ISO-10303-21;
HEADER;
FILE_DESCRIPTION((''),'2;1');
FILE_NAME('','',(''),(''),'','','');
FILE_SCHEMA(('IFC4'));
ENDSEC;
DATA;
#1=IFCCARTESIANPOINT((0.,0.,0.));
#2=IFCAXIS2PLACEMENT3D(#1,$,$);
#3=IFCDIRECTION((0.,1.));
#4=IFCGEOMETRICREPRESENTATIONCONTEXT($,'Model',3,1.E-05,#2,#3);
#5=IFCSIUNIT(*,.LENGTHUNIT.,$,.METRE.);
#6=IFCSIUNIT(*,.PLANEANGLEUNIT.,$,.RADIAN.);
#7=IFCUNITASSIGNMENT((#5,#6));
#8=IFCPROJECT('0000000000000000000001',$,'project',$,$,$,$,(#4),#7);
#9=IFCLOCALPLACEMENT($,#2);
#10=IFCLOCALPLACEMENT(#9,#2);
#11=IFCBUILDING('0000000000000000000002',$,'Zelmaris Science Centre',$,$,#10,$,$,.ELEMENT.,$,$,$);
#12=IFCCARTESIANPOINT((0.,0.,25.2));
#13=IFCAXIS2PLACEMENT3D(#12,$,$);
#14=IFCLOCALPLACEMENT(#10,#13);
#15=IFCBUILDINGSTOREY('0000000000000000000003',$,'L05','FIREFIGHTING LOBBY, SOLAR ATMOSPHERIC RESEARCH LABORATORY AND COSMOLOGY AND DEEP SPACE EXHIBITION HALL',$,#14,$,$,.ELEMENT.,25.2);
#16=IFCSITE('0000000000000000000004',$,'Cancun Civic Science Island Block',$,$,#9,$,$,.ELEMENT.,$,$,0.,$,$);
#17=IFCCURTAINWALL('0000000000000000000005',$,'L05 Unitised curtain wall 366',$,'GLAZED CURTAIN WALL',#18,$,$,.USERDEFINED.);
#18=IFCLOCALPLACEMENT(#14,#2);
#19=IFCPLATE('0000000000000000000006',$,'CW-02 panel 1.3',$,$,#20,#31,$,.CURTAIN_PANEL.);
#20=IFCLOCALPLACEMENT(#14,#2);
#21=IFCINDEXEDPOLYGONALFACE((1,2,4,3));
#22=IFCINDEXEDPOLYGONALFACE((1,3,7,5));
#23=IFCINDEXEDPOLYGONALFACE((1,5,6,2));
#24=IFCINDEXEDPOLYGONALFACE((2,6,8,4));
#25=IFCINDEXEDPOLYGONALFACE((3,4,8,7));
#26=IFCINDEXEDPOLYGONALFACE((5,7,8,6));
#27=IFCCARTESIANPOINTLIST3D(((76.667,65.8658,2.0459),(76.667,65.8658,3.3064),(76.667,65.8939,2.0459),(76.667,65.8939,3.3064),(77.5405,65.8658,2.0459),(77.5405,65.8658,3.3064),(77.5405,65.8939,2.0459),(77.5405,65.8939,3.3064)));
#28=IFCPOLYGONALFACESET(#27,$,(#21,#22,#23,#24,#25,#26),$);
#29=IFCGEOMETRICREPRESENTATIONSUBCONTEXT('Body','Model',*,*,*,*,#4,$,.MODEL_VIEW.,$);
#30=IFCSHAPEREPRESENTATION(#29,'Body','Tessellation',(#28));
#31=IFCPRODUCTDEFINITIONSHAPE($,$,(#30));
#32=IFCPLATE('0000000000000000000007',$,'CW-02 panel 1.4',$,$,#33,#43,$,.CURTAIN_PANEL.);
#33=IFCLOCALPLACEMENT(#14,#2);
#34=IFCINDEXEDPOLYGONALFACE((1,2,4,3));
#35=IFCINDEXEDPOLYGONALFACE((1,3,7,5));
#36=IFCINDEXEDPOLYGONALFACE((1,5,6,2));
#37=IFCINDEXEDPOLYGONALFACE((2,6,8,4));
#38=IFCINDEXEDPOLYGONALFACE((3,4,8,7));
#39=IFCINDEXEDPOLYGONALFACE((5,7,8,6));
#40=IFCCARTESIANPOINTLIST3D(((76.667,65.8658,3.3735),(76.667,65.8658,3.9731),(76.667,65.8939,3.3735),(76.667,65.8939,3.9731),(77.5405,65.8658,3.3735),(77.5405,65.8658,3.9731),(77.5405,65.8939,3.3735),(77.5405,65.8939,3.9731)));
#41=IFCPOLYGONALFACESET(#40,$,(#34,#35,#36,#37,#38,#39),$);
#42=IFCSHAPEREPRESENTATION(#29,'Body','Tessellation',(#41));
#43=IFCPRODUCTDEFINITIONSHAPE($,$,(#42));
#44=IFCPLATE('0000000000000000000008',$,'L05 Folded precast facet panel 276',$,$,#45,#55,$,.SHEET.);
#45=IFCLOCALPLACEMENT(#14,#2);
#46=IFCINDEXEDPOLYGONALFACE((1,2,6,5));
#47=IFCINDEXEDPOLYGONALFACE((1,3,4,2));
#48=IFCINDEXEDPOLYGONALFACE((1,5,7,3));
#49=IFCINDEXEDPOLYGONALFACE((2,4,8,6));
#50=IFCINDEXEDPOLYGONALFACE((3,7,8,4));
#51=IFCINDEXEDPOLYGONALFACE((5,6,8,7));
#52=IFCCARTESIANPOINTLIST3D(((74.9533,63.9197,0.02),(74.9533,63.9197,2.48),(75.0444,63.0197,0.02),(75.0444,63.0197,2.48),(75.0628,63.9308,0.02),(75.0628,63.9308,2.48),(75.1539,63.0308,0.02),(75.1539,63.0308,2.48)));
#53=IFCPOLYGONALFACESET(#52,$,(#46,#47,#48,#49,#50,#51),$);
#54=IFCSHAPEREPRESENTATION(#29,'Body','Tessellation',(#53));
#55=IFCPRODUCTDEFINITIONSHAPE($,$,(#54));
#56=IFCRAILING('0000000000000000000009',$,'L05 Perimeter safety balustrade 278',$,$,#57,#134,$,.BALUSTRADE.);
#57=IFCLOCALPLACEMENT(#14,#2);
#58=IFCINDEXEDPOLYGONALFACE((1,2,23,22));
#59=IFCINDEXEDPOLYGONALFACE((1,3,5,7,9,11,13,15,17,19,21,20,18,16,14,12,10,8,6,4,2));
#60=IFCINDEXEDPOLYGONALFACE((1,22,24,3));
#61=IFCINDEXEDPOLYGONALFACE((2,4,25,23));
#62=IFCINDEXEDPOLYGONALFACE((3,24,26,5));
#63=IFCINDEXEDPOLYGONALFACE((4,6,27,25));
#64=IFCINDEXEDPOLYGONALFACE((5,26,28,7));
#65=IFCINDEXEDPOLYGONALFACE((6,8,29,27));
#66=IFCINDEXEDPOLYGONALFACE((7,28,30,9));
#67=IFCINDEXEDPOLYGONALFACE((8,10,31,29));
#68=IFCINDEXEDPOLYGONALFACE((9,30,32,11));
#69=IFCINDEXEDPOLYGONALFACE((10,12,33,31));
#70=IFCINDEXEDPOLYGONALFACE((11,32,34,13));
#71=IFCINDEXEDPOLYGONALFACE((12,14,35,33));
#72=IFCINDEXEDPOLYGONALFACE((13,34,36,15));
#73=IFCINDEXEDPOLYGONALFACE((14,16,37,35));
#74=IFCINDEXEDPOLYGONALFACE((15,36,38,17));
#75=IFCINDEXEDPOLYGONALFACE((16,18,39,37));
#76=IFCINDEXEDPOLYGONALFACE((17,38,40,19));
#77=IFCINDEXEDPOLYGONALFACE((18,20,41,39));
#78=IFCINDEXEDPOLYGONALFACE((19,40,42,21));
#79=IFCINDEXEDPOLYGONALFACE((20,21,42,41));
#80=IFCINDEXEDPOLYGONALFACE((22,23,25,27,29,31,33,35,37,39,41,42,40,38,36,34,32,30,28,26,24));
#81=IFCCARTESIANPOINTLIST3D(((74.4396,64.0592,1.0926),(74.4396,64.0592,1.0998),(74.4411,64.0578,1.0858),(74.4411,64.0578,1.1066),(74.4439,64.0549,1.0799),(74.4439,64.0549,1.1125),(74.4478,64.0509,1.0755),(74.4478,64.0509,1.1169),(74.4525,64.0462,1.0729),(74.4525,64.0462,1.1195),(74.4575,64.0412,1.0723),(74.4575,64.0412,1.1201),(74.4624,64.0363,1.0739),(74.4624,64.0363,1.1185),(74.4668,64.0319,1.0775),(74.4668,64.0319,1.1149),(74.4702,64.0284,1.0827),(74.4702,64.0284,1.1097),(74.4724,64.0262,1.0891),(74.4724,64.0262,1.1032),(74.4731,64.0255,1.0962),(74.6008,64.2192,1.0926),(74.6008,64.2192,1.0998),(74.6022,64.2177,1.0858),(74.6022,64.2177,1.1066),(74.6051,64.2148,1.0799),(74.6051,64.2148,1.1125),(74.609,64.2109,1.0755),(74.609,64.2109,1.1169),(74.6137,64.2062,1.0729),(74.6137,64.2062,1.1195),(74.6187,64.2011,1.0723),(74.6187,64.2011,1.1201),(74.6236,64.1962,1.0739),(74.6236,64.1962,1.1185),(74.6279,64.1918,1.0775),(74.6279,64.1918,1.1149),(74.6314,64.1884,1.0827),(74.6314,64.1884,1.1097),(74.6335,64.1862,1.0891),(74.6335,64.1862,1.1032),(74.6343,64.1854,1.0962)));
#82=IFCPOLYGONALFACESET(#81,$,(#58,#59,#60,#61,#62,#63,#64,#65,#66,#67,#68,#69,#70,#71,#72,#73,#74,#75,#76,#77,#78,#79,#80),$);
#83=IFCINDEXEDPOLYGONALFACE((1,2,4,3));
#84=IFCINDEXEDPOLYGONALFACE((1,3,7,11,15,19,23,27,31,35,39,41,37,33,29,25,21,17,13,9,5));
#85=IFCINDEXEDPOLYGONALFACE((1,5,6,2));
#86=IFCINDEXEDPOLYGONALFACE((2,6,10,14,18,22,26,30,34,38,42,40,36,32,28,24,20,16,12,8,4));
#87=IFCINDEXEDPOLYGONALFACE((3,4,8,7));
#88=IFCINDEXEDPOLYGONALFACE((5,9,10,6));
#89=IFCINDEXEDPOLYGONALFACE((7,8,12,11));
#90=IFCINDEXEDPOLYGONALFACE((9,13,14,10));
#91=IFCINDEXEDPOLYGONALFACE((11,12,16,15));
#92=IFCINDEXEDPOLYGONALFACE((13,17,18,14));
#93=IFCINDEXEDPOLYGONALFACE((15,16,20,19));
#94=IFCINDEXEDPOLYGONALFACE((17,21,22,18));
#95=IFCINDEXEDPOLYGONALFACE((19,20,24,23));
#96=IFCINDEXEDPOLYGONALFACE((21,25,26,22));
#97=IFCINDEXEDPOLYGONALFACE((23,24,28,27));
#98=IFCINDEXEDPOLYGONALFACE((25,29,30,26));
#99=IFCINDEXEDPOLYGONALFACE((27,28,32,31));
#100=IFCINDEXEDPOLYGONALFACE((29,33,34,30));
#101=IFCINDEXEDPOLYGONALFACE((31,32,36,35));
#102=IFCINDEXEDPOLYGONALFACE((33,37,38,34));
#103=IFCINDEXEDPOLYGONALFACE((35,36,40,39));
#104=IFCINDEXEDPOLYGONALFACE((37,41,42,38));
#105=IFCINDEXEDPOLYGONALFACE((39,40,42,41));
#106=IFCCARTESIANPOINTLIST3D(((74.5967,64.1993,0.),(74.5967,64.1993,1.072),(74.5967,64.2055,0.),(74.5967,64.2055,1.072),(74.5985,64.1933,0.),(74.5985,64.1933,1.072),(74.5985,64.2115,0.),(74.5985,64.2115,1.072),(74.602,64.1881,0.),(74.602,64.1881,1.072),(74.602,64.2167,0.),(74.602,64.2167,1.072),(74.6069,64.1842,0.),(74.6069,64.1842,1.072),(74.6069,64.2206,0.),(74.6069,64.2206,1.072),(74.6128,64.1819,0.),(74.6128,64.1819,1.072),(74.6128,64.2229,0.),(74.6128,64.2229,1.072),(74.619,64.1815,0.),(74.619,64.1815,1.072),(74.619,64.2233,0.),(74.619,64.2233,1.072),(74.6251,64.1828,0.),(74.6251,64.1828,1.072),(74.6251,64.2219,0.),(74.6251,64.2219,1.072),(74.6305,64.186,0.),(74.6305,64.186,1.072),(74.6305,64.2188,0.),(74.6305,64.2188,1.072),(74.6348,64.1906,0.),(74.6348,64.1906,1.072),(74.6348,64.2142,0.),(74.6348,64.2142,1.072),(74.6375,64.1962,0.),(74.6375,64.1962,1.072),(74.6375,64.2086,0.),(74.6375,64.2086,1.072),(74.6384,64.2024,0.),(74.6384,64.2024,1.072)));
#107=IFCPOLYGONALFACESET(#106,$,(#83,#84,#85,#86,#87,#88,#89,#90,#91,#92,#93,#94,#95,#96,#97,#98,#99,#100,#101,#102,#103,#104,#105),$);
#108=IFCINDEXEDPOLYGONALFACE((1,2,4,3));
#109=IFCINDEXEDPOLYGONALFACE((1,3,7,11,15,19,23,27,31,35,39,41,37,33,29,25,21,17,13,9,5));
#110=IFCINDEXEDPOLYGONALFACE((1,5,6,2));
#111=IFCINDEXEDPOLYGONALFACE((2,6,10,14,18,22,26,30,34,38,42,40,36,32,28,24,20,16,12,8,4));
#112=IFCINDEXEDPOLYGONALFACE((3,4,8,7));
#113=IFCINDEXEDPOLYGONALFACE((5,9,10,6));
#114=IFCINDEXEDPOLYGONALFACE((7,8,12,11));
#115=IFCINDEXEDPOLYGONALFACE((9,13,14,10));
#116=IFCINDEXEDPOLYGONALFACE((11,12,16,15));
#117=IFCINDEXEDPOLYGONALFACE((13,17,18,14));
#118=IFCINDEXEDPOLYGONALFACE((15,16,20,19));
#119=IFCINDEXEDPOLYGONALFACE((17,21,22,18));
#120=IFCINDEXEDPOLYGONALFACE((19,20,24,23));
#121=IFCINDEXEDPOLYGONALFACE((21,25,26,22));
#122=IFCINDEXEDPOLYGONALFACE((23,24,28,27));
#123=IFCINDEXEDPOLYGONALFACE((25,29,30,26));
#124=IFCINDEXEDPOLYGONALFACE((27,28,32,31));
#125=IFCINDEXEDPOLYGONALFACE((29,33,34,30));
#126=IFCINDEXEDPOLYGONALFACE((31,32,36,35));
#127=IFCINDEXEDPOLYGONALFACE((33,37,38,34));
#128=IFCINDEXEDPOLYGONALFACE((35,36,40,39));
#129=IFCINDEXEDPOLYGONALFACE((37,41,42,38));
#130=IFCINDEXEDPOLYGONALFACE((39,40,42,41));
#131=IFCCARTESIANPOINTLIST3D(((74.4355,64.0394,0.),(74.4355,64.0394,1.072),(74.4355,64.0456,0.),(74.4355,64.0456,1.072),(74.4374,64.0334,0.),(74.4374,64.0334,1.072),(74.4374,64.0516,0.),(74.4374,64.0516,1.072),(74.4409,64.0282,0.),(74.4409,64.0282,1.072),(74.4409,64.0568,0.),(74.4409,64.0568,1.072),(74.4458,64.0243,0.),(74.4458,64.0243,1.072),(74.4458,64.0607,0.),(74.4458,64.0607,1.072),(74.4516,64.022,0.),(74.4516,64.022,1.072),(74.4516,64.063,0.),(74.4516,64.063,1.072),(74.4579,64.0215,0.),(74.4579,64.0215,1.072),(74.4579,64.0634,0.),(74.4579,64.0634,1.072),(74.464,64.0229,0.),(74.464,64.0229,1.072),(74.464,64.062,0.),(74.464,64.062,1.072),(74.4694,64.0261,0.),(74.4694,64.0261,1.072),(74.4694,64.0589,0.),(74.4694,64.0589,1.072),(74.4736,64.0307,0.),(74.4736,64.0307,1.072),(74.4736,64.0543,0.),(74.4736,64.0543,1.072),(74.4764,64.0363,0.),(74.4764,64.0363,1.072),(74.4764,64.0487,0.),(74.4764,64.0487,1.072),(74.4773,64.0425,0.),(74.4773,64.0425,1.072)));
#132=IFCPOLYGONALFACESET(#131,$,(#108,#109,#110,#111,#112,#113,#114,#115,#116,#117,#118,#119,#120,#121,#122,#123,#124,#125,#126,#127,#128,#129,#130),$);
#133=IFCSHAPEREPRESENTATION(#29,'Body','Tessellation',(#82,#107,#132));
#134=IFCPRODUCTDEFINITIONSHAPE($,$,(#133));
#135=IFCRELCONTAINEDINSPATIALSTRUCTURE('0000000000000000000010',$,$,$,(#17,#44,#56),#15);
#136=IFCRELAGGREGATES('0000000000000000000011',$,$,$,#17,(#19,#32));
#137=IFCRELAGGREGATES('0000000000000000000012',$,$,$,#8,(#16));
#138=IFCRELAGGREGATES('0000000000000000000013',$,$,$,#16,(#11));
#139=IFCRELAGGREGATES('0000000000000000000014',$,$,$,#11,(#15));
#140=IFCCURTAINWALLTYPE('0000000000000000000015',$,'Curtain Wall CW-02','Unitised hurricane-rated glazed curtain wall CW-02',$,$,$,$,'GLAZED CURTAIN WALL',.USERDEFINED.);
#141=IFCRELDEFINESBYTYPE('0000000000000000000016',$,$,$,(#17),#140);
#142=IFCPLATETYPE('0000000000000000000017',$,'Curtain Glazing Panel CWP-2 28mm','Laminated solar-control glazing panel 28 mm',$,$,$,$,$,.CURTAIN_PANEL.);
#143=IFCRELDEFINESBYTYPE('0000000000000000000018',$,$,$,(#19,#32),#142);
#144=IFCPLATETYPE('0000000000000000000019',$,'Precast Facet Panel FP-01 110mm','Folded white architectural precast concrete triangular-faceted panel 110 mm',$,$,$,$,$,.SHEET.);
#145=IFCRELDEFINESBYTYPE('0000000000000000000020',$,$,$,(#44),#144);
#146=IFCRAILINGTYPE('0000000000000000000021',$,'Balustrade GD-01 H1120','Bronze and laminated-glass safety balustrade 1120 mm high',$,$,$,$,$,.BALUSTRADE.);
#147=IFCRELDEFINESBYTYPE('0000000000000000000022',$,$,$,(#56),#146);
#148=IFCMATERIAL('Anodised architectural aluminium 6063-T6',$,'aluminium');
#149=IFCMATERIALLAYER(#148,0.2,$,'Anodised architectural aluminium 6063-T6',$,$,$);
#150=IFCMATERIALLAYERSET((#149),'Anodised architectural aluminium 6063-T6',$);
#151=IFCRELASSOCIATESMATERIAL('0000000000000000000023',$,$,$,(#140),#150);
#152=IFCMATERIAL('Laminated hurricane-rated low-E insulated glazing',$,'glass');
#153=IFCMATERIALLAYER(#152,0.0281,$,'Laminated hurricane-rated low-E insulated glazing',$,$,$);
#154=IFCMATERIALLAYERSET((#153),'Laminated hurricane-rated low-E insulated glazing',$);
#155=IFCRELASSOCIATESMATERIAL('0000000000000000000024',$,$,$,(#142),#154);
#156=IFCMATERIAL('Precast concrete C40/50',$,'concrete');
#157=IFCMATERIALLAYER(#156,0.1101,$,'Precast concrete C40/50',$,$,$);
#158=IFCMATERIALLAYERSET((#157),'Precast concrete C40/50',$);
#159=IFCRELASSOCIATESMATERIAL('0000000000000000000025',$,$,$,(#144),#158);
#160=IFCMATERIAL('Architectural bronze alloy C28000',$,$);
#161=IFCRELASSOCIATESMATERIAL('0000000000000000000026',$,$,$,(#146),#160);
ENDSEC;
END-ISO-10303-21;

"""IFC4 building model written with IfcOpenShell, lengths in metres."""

from ifc_helpers import new_model, si_unit, direction, frame, frame_2d, origin, origin_2d, place, context, subcontext, project, spatial, rectangle, circle, extrude, material, layer, layer_set, type_object, element, aggregate, save


model = new_model("IFC4")

# Units and contexts
model_context = context("Model", 3, precision=1e-05, world=origin(), true_north=direction((0.0, 1.0)))
body_context = subcontext(model_context, "Body", "Model", "MODEL_VIEW")
ifc_project = project(units=[si_unit("LENGTHUNIT", "METRE"), si_unit("PLANEANGLEUNIT", "RADIAN")], contexts=[model_context])

# Site, building, storey
site_placement = place(None, origin())
site = spatial("IfcSite", under=ifc_project, at=site_placement, Name="Cancun Civic Science Island Block", CompositionType="ELEMENT", RefElevation=0.0)
building_placement = place(site_placement, origin())
building = spatial("IfcBuilding", under=site, at=building_placement, Name="Zelmaris Science Centre", CompositionType="ELEMENT")
storey_placement = place(building_placement, frame((0.0, 0.0, 25.2)))
storey = spatial("IfcBuildingStorey", under=building, at=storey_placement, Name="L05", Description="FIREFIGHTING LOBBY, SOLAR ATMOSPHERIC RESEARCH LABORATORY AND COSMOLOGY AND DEEP SPACE EXHIBITION HALL", CompositionType="ELEMENT", Elevation=25.2)

# Curtain wall
ifc_material_1 = material(Name="Anodised architectural aluminium 6063-T6", Category="aluminium")
ifc_layer_1 = layer(ifc_material_1, 0.2, Name="Anodised architectural aluminium 6063-T6")
ifc_layer_set_1 = layer_set([ifc_layer_1], Name="Anodised architectural aluminium 6063-T6")
curtain_wall_type_1 = type_object("IfcCurtainWallType", Name="Curtain Wall CW-02", Description="Unitised hurricane-rated glazed curtain wall CW-02", ElementType="GLAZED CURTAIN WALL", PredefinedType="USERDEFINED", material=ifc_layer_set_1)
curtain_wall_1_placement = place(storey_placement, origin())
curtain_wall_1 = element("IfcCurtainWall", 1, at=curtain_wall_1_placement, inside=storey, type_object=curtain_wall_type_1, Name="L05 Unitised curtain wall 366", ObjectType="GLAZED CURTAIN WALL", PredefinedType="USERDEFINED")

# Plates
ifc_material_2 = material(Name="Laminated hurricane-rated low-E insulated glazing", Category="glass")
ifc_layer_2 = layer(ifc_material_2, 0.0281, Name="Laminated hurricane-rated low-E insulated glazing")
ifc_layer_set_2 = layer_set([ifc_layer_2], Name="Laminated hurricane-rated low-E insulated glazing")
plate_type_1 = type_object("IfcPlateType", Name="Curtain Glazing Panel CWP-2 28mm", Description="Laminated solar-control glazing panel 28 mm", PredefinedType="CURTAIN_PANEL", material=ifc_layer_set_2)
plate_1_placement = place(storey_placement, frame((77.1038, 65.8799, 2.0459), z_axis=(0.0, 0.0, 1.0), x_axis=(1.0, 0.0, 0.0)))
plate_1 = element("IfcPlate", 2, at=plate_1_placement, type_object=plate_type_1, Name="CW-02 panel 1.3", PredefinedType="CURTAIN_PANEL", context=body_context, shape_type="SweptSolid", body=[
    extrude(rectangle(XDim=0.8735, YDim=0.0281, at=origin_2d()), origin(), (0.0, 0.0, 1.0), 1.2605),
])
plate_2_placement = place(storey_placement, frame((77.1038, 65.8799, 3.3735), z_axis=(0.0, 0.0, 1.0), x_axis=(1.0, 0.0, 0.0)))
plate_2 = element("IfcPlate", 3, at=plate_2_placement, type_object=plate_type_1, Name="CW-02 panel 1.4", PredefinedType="CURTAIN_PANEL", context=body_context, shape_type="SweptSolid", body=[
    extrude(rectangle(XDim=0.8735, YDim=0.0281, at=origin_2d()), origin(), (0.0, 0.0, 1.0), 0.5996),
])
aggregate(curtain_wall_1, [plate_1, plate_2])
ifc_material_3 = material(Name="Precast concrete C40/50", Category="concrete")
ifc_layer_3 = layer(ifc_material_3, 0.1101, Name="Precast concrete C40/50")
ifc_layer_set_3 = layer_set([ifc_layer_3], Name="Precast concrete C40/50")
plate_type_2 = type_object("IfcPlateType", Name="Precast Facet Panel FP-01 110mm", Description="Folded white architectural precast concrete triangular-faceted panel 110 mm", PredefinedType="SHEET", material=ifc_layer_set_3)
plate_3_placement = place(storey_placement, frame((75.0991, 63.0254, 0.02), z_axis=(0.0, 0.0, 1.0), x_axis=(-0.10068, 0.994919, 0.0)))
element("IfcPlate", 4, at=plate_3_placement, inside=storey, type_object=plate_type_2, Name="L05 Folded precast facet panel 276", PredefinedType="SHEET", context=body_context, shape_type="SweptSolid", body=[
    extrude(rectangle(XDim=0.9045, YDim=0.1101, at=frame_2d((0.4521, 0.0))), origin(), (0.0, 0.0, 1.0), 2.46),
])

# Railing
ifc_material_4 = material(Name="Architectural bronze alloy C28000")
railing_type = type_object("IfcRailingType", Name="Balustrade GD-01 H1120", Description="Bronze and laminated-glass safety balustrade 1120 mm high", PredefinedType="BALUSTRADE", material=ifc_material_4)
railing_1_placement = place(storey_placement, frame((74.6174, 64.2024, 0.0)))
element("IfcRailing", 5, at=railing_1_placement, inside=storey, type_object=railing_type, Name="L05 Perimeter safety balustrade 278", PredefinedType="BALUSTRADE", context=body_context, shape_type="SweptSolid", body=[
    extrude(circle(Radius=0.0239, at=origin_2d()), frame((0.0, 0.0, 1.0962), z_axis=(-0.70979, -0.704413, 0.0), x_axis=(0.704413, -0.70979, 0.0)), (0.0, 0.0, 1.0), 0.2271),
    extrude(circle(Radius=0.021, at=origin_2d()), origin(), (0.0, 0.0, 1.0), 1.072),
    extrude(circle(Radius=0.021, at=origin_2d()), frame((-0.1611, -0.1599, 0.0)), (0.0, 0.0, 1.0), 1.072),
])

save(model, "model.ifc")
